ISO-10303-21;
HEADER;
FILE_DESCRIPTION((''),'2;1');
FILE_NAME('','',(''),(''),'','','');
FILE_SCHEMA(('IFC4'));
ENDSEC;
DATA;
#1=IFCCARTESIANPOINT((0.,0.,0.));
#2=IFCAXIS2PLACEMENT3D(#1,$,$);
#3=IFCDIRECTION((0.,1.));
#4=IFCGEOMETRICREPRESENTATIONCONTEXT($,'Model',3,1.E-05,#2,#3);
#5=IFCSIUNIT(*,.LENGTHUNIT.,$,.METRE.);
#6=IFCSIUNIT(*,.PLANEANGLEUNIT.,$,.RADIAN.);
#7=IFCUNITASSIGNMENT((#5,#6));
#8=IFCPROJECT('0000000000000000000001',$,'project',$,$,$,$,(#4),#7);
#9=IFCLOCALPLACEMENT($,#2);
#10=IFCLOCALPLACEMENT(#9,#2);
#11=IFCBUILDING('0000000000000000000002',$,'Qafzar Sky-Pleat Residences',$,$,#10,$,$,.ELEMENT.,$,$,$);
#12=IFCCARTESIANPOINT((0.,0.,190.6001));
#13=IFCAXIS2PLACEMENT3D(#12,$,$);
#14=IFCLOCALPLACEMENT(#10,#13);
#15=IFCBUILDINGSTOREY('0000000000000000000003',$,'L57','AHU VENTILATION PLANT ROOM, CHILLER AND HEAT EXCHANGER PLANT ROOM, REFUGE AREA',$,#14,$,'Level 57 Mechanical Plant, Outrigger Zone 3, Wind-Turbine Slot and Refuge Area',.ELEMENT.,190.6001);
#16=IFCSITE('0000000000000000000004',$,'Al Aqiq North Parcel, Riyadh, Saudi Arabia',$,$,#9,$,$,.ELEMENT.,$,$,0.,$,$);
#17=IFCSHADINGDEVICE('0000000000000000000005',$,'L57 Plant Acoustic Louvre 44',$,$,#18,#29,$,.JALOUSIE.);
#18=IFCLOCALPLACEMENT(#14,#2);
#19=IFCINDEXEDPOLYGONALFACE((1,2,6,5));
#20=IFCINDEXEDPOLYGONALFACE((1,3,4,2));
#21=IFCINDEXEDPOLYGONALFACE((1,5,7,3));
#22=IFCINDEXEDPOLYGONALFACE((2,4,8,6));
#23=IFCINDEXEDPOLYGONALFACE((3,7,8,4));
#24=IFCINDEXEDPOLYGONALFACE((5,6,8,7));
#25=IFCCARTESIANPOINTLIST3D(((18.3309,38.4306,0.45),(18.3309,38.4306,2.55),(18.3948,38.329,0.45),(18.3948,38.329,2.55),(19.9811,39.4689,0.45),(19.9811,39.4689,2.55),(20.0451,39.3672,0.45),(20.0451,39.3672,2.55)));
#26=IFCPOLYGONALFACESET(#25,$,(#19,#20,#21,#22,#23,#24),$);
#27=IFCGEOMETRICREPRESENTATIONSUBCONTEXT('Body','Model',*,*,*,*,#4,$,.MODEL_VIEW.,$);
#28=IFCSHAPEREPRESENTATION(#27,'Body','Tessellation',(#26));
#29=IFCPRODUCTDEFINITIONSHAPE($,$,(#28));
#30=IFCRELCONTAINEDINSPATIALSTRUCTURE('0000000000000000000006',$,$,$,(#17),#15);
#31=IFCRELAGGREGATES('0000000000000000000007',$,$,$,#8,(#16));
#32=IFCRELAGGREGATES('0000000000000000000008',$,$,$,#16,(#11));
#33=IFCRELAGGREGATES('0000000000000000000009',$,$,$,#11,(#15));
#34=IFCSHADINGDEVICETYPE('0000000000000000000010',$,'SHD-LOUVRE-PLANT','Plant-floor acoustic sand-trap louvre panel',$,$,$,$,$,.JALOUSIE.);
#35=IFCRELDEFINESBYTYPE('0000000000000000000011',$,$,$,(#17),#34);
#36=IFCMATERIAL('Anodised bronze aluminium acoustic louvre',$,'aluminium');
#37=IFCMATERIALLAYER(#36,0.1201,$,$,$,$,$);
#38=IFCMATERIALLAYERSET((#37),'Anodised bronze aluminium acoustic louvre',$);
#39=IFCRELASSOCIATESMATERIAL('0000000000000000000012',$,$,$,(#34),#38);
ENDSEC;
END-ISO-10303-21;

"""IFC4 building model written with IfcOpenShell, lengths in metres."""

from ifc_helpers import new_model, si_unit, direction, frame, origin, origin_2d, place, context, subcontext, project, spatial, rectangle, extrude, source, transform, mapped, material, layer, layer_set, type_object, element, save


model = new_model("IFC4")

# Units and contexts
model_context = context("Model", 3, precision=1e-05, world=origin(), true_north=direction((0.0, 1.0)))
body_context = subcontext(model_context, "Body", "Model", "MODEL_VIEW")
ifc_project = project(units=[si_unit("LENGTHUNIT", "METRE"), si_unit("PLANEANGLEUNIT", "RADIAN")], contexts=[model_context])

# Site, building, storey
site_placement = place(None, origin())
site = spatial("IfcSite", under=ifc_project, at=site_placement, Name="Al Aqiq North Parcel, Riyadh, Saudi Arabia", CompositionType="ELEMENT", RefElevation=0.0)
building_placement = place(site_placement, origin())
building = spatial("IfcBuilding", under=site, at=building_placement, Name="Qafzar Sky-Pleat Residences", CompositionType="ELEMENT")
storey_placement = place(building_placement, frame((0.0, 0.0, 190.6001)))
storey = spatial("IfcBuildingStorey", under=building, at=storey_placement, Name="L57", Description="AHU VENTILATION PLANT ROOM, CHILLER AND HEAT EXCHANGER PLANT ROOM, REFUGE AREA", LongName="Level 57 Mechanical Plant, Outrigger Zone 3, Wind-Turbine Slot and Refuge Area", CompositionType="ELEMENT", Elevation=190.6001)

# Shading device
ifc_material_1 = material(Name="Anodised bronze aluminium acoustic louvre", Category="aluminium")
ifc_layer_1 = layer(ifc_material_1, 0.1201)
ifc_layer_set_1 = layer_set([ifc_layer_1], Name="Anodised bronze aluminium acoustic louvre")
shading_device_type = type_object("IfcShadingDeviceType", Name="SHD-LOUVRE-PLANT", Description="Plant-floor acoustic sand-trap louvre panel", PredefinedType="JALOUSIE", material=ifc_layer_set_1)
shared_shape_1 = source(origin(), body_context, "Body", "SweptSolid", [
    extrude(rectangle(XDim=1.9497, YDim=0.1201, at=origin_2d()), origin(), (0.0, 0.0, 1.0), 2.1001),
])
shading_device_1_placement = place(storey_placement, frame((19.188, 38.8989, 0.45), z_axis=(0.0, 0.0, 1.0), x_axis=(-0.846411, -0.53253, 0.0)))
element("IfcShadingDevice", 1, at=shading_device_1_placement, inside=storey, type_object=shading_device_type, Name="L57 Plant Acoustic Louvre 44", PredefinedType="JALOUSIE", context=body_context, shape_type="MappedRepresentation", body=[
    mapped(shared_shape_1, transform((0.0, 0.0, 0.0), x_axis=(1.0, 0.0, 0.0), y_axis=(0.0, 1.0, 0.0), z_axis=(0.0, 0.0, 1.0), scale=1.0)),
])

save(model, "model.ifc")
